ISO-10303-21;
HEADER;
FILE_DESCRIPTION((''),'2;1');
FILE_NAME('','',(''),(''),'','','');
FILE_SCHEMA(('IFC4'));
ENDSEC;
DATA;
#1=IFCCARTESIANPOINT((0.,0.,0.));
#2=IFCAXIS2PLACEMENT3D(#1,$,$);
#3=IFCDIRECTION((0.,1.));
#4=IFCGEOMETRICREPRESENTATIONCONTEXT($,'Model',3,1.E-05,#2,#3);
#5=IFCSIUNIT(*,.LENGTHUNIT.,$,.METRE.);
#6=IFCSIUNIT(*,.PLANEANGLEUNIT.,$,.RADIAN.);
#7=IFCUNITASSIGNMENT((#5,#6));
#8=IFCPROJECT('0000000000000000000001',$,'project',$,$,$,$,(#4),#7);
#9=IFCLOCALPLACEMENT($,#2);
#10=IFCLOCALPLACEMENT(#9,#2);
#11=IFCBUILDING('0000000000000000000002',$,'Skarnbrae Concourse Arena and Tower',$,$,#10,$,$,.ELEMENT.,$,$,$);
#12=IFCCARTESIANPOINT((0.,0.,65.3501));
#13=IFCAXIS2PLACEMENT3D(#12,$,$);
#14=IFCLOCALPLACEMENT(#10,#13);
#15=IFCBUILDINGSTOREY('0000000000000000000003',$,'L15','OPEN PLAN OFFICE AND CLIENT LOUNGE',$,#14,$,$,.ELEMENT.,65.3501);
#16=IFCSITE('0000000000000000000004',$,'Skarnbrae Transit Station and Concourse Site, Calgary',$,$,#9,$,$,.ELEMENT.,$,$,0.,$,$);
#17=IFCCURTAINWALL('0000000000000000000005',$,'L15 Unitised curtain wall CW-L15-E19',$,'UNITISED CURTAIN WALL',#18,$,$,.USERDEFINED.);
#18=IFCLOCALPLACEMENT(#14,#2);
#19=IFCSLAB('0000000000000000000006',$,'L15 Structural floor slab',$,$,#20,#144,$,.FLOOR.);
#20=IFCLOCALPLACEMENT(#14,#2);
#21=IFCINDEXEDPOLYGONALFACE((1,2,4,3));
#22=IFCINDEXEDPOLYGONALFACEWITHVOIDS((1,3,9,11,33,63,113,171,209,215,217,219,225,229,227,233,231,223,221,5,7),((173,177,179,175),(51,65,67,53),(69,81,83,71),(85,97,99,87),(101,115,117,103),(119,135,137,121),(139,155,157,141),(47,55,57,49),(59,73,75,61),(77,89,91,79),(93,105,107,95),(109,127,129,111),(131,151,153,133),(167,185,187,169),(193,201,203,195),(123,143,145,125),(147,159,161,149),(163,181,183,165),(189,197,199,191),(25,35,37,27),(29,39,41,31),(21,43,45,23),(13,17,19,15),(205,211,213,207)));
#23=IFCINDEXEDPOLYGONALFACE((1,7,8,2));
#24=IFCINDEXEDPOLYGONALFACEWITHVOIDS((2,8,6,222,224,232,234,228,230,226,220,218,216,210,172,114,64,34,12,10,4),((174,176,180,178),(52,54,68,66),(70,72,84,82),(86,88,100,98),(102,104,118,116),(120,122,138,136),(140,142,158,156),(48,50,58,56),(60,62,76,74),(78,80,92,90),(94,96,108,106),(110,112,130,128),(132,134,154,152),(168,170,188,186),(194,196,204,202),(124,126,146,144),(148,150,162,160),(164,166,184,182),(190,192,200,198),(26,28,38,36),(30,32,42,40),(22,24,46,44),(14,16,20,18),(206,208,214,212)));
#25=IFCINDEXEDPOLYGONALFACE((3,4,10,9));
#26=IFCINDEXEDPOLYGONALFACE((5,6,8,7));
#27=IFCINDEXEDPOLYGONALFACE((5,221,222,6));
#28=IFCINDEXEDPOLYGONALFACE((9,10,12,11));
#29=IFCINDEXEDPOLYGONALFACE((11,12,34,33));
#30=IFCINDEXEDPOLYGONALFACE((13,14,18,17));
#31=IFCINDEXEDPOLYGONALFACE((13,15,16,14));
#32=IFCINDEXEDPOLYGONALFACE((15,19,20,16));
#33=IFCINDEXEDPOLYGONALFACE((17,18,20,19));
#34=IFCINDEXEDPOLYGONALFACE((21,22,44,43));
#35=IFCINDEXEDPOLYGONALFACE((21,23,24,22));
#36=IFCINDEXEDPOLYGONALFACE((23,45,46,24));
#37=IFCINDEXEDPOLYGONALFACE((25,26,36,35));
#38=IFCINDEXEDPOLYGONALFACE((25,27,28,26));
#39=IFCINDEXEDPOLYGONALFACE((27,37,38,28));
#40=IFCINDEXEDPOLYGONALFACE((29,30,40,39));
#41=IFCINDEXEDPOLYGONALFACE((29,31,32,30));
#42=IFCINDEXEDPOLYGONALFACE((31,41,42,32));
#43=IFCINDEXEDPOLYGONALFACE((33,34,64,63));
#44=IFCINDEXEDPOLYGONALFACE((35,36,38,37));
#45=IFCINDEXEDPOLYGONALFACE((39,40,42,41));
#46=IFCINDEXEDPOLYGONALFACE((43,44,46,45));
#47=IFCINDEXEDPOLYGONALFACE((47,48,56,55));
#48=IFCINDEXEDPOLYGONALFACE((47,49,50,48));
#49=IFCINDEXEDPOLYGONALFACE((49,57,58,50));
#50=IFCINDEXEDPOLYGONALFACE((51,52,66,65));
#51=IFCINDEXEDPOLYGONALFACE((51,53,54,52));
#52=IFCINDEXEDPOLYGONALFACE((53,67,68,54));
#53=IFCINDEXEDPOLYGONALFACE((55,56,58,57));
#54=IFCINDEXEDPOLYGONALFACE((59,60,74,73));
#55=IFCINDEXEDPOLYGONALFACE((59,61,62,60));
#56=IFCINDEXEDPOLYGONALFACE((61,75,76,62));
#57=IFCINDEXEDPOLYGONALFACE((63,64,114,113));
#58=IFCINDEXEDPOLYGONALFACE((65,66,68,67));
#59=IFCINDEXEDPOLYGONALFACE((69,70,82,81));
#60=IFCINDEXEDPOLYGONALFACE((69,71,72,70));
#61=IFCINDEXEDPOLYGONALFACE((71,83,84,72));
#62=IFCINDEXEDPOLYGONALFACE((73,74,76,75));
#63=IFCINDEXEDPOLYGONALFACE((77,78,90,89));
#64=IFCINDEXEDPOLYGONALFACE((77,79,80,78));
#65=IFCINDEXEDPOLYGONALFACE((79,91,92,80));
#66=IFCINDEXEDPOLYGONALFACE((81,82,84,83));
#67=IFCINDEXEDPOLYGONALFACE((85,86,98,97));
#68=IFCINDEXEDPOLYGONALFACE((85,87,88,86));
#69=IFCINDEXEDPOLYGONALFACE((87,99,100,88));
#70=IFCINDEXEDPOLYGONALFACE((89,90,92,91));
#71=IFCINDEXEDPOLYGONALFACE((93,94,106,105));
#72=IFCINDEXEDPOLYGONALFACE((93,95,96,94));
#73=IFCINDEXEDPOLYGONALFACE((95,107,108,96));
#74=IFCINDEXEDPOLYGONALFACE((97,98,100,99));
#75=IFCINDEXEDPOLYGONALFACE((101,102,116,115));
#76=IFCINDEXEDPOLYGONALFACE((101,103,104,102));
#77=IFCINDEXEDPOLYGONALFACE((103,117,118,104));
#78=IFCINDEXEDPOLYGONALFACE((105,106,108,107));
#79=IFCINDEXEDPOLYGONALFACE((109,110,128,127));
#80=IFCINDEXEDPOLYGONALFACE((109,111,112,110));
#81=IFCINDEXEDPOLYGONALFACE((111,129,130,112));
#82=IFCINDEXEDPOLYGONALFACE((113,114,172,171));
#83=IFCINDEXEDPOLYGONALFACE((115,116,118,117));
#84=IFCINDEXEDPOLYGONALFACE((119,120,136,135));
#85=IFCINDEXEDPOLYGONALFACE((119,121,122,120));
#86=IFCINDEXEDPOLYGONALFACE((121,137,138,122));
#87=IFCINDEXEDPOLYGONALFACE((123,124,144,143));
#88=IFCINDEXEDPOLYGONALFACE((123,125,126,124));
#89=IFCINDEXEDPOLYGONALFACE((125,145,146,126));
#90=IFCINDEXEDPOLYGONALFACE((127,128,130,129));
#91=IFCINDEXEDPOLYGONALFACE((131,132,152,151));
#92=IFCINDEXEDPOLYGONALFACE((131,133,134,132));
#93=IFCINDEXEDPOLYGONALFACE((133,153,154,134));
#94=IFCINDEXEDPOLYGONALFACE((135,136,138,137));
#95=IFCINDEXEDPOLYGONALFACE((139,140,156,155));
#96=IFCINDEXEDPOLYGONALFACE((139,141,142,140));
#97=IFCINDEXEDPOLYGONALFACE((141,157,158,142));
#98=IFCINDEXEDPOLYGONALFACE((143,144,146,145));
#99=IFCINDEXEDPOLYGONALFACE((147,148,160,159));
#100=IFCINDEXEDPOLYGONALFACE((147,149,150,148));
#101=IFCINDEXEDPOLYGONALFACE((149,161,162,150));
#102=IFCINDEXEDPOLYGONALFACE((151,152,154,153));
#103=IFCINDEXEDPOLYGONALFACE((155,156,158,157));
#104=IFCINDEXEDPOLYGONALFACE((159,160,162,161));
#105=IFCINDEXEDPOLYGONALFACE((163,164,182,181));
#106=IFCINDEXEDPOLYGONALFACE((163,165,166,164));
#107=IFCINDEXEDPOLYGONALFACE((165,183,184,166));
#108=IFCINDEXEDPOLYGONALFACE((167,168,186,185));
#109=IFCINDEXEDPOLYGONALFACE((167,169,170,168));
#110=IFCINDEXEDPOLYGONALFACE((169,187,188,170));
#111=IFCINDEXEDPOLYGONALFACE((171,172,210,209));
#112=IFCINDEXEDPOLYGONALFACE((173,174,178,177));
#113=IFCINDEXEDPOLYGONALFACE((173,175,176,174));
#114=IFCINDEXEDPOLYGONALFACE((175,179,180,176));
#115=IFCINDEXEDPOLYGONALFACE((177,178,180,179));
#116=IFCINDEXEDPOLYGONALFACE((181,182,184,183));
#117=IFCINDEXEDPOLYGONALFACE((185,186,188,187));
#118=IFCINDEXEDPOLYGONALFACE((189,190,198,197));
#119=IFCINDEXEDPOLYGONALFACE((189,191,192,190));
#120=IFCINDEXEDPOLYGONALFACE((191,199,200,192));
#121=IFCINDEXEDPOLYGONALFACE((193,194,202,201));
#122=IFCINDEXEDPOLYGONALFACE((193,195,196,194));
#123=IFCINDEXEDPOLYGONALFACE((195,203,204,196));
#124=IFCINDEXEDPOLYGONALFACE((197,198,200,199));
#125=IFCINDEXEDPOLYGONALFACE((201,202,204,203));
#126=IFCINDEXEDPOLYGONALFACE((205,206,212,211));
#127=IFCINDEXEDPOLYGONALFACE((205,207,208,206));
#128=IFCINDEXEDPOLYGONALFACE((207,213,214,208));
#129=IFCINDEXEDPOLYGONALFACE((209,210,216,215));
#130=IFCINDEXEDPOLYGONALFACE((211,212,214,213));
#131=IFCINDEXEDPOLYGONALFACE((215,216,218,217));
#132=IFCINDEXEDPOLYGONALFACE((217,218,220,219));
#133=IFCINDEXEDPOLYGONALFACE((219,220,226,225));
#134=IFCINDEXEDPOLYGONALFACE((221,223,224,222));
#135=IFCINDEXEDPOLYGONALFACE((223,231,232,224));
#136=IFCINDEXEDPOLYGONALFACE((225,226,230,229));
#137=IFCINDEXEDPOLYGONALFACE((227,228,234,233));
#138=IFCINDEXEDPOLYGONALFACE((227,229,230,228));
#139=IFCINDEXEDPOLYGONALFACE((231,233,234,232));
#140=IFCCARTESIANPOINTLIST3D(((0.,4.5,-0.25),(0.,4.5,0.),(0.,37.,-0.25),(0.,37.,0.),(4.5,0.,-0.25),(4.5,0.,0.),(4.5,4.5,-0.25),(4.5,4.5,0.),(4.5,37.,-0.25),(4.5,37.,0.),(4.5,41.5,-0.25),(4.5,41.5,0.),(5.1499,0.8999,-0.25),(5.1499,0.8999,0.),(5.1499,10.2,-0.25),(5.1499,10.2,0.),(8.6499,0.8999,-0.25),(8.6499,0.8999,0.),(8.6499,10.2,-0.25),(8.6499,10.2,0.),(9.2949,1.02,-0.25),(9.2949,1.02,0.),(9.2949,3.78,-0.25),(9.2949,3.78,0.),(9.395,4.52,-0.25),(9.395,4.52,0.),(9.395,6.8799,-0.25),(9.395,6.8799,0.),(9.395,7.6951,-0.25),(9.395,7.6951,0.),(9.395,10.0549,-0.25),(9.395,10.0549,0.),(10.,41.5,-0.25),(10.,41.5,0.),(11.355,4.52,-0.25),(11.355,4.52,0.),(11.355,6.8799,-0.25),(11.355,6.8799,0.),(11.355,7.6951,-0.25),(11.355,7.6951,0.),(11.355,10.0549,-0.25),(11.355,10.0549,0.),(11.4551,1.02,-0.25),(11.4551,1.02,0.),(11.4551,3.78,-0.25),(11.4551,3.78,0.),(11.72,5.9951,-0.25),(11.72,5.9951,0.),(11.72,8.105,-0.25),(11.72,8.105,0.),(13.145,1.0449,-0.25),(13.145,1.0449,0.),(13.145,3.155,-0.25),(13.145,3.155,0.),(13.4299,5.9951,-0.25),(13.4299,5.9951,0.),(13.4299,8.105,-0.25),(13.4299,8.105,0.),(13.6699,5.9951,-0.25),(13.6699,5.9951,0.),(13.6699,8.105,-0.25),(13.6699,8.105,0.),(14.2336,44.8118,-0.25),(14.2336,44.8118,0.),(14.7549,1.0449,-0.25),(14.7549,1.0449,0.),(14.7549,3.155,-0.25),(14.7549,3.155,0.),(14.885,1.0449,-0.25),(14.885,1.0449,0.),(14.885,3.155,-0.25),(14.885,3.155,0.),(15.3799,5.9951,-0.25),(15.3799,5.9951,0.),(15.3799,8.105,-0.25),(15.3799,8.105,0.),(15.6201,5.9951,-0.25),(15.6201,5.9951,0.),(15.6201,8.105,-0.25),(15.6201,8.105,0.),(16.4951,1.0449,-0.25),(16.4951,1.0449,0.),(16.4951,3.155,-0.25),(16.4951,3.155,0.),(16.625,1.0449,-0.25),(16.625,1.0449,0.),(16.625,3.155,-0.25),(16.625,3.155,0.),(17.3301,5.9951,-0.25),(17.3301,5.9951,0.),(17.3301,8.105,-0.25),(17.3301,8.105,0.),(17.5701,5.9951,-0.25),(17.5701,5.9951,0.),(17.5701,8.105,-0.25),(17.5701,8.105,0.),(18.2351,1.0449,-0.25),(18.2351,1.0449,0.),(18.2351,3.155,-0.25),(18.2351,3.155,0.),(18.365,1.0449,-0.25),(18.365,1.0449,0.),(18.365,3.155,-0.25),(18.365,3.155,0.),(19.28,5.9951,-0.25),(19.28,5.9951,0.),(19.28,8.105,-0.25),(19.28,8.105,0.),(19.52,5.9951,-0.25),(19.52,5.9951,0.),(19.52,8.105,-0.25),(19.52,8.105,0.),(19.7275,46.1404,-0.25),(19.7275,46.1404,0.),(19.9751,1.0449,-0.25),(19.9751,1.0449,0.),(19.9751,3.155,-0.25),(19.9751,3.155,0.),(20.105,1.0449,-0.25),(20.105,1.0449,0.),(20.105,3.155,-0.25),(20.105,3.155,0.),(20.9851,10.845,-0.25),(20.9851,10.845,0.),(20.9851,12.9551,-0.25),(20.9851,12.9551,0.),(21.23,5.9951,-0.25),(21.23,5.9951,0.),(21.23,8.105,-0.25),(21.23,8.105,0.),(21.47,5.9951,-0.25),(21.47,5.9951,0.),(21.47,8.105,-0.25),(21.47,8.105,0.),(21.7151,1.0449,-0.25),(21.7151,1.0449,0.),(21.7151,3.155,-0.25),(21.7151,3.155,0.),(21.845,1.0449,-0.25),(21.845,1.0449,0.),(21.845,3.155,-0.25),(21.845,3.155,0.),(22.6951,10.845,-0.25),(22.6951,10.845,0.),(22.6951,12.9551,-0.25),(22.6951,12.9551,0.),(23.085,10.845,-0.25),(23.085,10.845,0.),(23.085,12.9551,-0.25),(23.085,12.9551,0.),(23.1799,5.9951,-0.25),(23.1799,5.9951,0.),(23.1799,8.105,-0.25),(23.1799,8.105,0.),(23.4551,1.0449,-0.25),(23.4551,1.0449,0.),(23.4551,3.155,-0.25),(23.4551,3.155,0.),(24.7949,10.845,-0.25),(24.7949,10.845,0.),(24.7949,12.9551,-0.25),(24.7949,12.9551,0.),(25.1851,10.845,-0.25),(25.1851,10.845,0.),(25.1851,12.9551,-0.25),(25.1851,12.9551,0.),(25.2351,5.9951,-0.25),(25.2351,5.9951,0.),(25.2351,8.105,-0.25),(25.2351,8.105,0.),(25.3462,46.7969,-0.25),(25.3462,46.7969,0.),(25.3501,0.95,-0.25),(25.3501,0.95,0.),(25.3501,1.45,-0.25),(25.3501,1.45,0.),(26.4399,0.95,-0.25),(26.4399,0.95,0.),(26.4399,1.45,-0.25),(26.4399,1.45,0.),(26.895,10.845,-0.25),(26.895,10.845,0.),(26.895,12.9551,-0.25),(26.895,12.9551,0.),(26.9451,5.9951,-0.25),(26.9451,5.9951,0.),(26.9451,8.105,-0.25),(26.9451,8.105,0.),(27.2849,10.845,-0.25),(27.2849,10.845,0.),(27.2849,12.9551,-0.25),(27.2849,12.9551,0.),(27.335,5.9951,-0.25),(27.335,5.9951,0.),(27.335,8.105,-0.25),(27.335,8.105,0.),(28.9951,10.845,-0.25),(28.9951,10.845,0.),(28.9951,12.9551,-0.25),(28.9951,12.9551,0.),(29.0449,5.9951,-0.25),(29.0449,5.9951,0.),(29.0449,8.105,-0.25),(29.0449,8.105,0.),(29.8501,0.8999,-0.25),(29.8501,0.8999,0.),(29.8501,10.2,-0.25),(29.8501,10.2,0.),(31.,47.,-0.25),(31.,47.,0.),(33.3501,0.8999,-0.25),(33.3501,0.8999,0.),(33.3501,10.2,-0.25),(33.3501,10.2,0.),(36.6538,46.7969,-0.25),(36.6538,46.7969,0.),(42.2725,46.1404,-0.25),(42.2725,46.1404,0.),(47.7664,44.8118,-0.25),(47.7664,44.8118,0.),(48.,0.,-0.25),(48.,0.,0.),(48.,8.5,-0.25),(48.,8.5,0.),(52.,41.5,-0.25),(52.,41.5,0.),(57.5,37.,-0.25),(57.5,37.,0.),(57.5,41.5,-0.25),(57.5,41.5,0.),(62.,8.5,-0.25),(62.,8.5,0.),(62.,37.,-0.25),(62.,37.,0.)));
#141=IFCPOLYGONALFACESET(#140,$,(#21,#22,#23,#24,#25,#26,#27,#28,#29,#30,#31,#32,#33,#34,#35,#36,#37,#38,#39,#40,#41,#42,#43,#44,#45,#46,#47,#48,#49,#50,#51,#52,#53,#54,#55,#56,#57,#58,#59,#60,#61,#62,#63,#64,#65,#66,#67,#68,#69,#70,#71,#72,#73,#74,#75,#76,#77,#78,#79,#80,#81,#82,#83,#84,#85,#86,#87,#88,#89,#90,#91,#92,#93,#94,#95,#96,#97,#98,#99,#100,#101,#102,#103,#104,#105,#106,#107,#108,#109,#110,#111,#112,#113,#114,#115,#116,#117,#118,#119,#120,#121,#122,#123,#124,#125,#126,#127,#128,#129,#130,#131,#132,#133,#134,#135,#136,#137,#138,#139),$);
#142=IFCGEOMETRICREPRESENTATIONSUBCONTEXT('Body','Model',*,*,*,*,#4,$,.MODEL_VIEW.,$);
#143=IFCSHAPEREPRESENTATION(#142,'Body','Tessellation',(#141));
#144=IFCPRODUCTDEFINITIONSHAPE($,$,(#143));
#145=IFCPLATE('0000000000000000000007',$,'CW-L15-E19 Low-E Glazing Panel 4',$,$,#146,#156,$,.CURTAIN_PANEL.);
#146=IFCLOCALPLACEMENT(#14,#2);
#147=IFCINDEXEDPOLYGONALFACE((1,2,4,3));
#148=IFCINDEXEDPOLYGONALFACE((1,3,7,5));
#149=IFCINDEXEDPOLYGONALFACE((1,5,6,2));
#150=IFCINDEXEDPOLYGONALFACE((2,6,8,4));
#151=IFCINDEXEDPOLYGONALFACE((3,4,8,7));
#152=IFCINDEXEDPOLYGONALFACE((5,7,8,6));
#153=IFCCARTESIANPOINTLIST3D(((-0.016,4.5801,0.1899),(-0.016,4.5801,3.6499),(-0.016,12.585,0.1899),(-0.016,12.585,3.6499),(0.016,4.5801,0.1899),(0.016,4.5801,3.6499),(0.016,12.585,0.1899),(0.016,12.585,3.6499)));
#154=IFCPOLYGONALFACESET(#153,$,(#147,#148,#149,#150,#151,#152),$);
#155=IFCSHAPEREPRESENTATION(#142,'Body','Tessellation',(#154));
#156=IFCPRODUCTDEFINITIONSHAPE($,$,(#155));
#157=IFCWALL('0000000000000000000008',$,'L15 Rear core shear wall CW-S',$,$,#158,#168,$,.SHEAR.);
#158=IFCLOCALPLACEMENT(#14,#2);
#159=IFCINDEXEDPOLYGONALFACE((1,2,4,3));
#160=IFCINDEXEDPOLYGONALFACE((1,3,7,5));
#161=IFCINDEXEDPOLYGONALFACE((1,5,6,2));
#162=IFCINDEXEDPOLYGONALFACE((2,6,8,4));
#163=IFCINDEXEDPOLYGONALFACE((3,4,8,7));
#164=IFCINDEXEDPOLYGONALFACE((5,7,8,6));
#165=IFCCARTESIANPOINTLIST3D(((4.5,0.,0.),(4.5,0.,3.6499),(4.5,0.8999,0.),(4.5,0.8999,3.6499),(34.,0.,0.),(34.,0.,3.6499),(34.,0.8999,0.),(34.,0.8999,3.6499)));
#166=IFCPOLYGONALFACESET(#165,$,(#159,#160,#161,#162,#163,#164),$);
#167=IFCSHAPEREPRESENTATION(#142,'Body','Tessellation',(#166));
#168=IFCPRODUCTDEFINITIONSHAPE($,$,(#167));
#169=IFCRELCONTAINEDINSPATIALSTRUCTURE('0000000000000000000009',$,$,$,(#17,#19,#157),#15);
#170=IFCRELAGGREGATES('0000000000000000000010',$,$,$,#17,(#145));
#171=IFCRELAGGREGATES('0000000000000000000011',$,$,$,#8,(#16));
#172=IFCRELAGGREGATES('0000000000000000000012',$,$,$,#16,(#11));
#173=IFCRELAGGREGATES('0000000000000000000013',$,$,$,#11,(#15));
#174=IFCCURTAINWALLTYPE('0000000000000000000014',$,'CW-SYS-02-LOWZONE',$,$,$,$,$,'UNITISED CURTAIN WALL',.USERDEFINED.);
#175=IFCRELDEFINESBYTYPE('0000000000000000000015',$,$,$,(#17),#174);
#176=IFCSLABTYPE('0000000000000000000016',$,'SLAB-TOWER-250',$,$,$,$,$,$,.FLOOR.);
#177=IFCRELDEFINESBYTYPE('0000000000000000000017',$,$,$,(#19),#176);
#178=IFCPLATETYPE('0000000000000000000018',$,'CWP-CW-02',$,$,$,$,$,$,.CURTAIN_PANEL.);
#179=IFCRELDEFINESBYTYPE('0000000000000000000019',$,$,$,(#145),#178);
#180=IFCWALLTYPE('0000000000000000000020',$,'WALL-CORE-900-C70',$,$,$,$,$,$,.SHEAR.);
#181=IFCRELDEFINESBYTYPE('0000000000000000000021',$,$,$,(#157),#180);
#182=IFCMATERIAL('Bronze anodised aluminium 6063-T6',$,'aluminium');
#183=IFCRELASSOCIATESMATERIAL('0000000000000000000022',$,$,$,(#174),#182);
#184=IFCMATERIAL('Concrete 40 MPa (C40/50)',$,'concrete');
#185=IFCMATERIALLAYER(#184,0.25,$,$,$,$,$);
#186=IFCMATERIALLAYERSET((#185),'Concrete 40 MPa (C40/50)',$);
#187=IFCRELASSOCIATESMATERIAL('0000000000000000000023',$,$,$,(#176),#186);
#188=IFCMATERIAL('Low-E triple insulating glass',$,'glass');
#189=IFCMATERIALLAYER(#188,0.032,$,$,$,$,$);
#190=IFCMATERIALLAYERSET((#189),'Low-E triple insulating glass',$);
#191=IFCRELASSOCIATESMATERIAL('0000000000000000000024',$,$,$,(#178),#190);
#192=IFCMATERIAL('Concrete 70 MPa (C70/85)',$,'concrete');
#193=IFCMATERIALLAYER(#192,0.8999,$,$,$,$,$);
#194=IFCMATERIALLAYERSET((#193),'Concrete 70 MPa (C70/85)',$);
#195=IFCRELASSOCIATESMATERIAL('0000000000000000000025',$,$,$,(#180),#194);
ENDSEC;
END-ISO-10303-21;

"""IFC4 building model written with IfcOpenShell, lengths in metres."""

from ifc_helpers import new_model, si_unit, direction, frame, frame_2d, origin, origin_2d, place, context, subcontext, project, spatial, polyline, rectangle, outline, extrude, source, transform, mapped, material, layer, layer_set, type_object, element, aggregate, save


model = new_model("IFC4")

# Units and contexts
model_context = context("Model", 3, precision=1e-05, world=origin(), true_north=direction((0.0, 1.0)))
body_context = subcontext(model_context, "Body", "Model", "MODEL_VIEW")
ifc_project = project(units=[si_unit("LENGTHUNIT", "METRE"), si_unit("PLANEANGLEUNIT", "RADIAN")], contexts=[model_context])

# Site, building, storey
site_placement = place(None, origin())
site = spatial("IfcSite", under=ifc_project, at=site_placement, Name="Skarnbrae Transit Station and Concourse Site, Calgary", CompositionType="ELEMENT", RefElevation=0.0)
building_placement = place(site_placement, origin())
building = spatial("IfcBuilding", under=site, at=building_placement, Name="Skarnbrae Concourse Arena and Tower", CompositionType="ELEMENT")
storey_placement = place(building_placement, frame((0.0, 0.0, 65.3501)))
storey = spatial("IfcBuildingStorey", under=building, at=storey_placement, Name="L15", Description="OPEN PLAN OFFICE AND CLIENT LOUNGE", CompositionType="ELEMENT", Elevation=65.3501)

# Curtain wall
ifc_material_1 = material(Name="Bronze anodised aluminium 6063-T6", Category="aluminium")
curtain_wall_type = type_object("IfcCurtainWallType", Name="CW-SYS-02-LOWZONE", ElementType="UNITISED CURTAIN WALL", PredefinedType="USERDEFINED", material=ifc_material_1)
curtain_wall_placement = place(storey_placement, origin())
curtain_wall = element("IfcCurtainWall", 1, at=curtain_wall_placement, inside=storey, type_object=curtain_wall_type, Name="L15 Unitised curtain wall CW-L15-E19", ObjectType="UNITISED CURTAIN WALL", PredefinedType="USERDEFINED")

# Shared definitions
ifc_material_2 = material(Name="Concrete 40 MPa (C40/50)", Category="concrete")

# Slab
ifc_layer_1 = layer(ifc_material_2, 0.25)
ifc_layer_set_1 = layer_set([ifc_layer_1], Name="Concrete 40 MPa (C40/50)")
slab_type_1 = type_object("IfcSlabType", Name="SLAB-TOWER-250", PredefinedType="FLOOR", material=ifc_layer_set_1)
slab_1_placement = place(storey_placement, frame((0.0, 0.0, -0.25)))
element("IfcSlab", 2, at=slab_1_placement, inside=storey, type_object=slab_type_1, Name="L15 Structural floor slab", PredefinedType="FLOOR", context=body_context, shape_type="SweptSolid", body=[
    extrude(outline(polyline([(4.5, 0.0), (48.0, 0.0), (48.0, 8.5), (62.0, 8.5), (62.0, 37.0), (57.5, 37.0), (57.5, 41.5), (52.0, 41.5), (47.7664, 44.8118), (42.2725, 46.1404), (36.6538, 46.7969), (31.0, 47.0), (25.3462, 46.7969), (19.7275, 46.1404), (14.2336, 44.8118), (10.0, 41.5), (4.5, 41.5), (4.5, 37.0), (0.0, 37.0), (0.0, 4.5), (4.5, 4.5), (4.5, 0.0)]), holes=[polyline([(13.145, 3.155), (14.7549, 3.155), (14.7549, 1.0449), (13.145, 1.0449), (13.145, 3.155)]), polyline([(16.4951, 3.155), (16.4951, 1.0449), (14.885, 1.0449), (14.885, 3.155), (16.4951, 3.155)]), polyline([(18.2351, 3.155), (18.2351, 1.0449), (16.625, 1.0449), (16.625, 3.155), (18.2351, 3.155)]), polyline([(18.365, 3.155), (19.9751, 3.155), (19.9751, 1.0449), (18.365, 1.0449), (18.365, 3.155)]), polyline([(11.4551, 3.78), (11.4551, 1.02), (9.2949, 1.02), (9.2949, 3.78), (11.4551, 3.78)]), polyline([(8.6499, 0.8999), (5.1499, 0.8999), (5.1499, 10.2), (8.6499, 10.2), (8.6499, 0.8999)]), polyline([(9.395, 6.8799), (11.355, 6.8799), (11.355, 4.52), (9.395, 4.52), (9.395, 6.8799)]), polyline([(13.4299, 8.105), (13.4299, 5.9951), (11.72, 5.9951), (11.72, 8.105), (13.4299, 8.105)]), polyline([(15.3799, 8.105), (15.3799, 5.9951), (13.6699, 5.9951), (13.6699, 8.105), (15.3799, 8.105)]), polyline([(15.6201, 8.105), (17.3301, 8.105), (17.3301, 5.9951), (15.6201, 5.9951), (15.6201, 8.105)]), polyline([(19.28, 8.105), (19.28, 5.9951), (17.5701, 5.9951), (17.5701, 8.105), (19.28, 8.105)]), polyline([(11.355, 10.0549), (11.355, 7.6951), (9.395, 7.6951), (9.395, 10.0549), (11.355, 10.0549)]), polyline([(25.3501, 1.45), (26.4399, 1.45), (26.4399, 0.95), (25.3501, 0.95), (25.3501, 1.45)]), polyline([(21.7151, 3.155), (21.7151, 1.0449), (20.105, 1.0449), (20.105, 3.155), (21.7151, 3.155)]), polyline([(23.4551, 3.155), (23.4551, 1.0449), (21.845, 1.0449), (21.845, 3.155), (23.4551, 3.155)]), polyline([(33.3501, 10.2), (33.3501, 0.8999), (29.8501, 0.8999), (29.8501, 10.2), (33.3501, 10.2)]), polyline([(21.23, 8.105), (21.23, 5.9951), (19.52, 5.9951), (19.52, 8.105), (21.23, 8.105)]), polyline([(23.1799, 8.105), (23.1799, 5.9951), (21.47, 5.9951), (21.47, 8.105), (23.1799, 8.105)]), polyline([(25.2351, 8.105), (26.9451, 8.105), (26.9451, 5.9951), (25.2351, 5.9951), (25.2351, 8.105)]), polyline([(29.0449, 8.105), (29.0449, 5.9951), (27.335, 5.9951), (27.335, 8.105), (29.0449, 8.105)]), polyline([(22.6951, 12.9551), (22.6951, 10.845), (20.9851, 10.845), (20.9851, 12.9551), (22.6951, 12.9551)]), polyline([(23.085, 12.9551), (24.7949, 12.9551), (24.7949, 10.845), (23.085, 10.845), (23.085, 12.9551)]), polyline([(26.895, 12.9551), (26.895, 10.845), (25.1851, 10.845), (25.1851, 12.9551), (26.895, 12.9551)]), polyline([(28.9951, 12.9551), (28.9951, 10.845), (27.2849, 10.845), (27.2849, 12.9551), (28.9951, 12.9551)])]), origin(), (0.0, 0.0, 1.0), 0.25),
])

# Plate
ifc_material_3 = material(Name="Low-E triple insulating glass", Category="glass")
ifc_layer_2 = layer(ifc_material_3, 0.032)
ifc_layer_set_2 = layer_set([ifc_layer_2], Name="Low-E triple insulating glass")
plate_type = type_object("IfcPlateType", Name="CWP-CW-02", PredefinedType="CURTAIN_PANEL", material=ifc_layer_set_2)
shared_shape_1 = source(origin(), body_context, "Body", "SweptSolid", [
    extrude(rectangle(XDim=8.0049, YDim=0.032, at=origin_2d()), origin(), (0.0, 0.0, 1.0), 3.46),
])
plate_placement = place(storey_placement, frame((0.0, 8.5825, 0.1899), z_axis=(0.0, 0.0, 1.0), x_axis=(0.0, -1.0, 0.0)))
plate = element("IfcPlate", 3, at=plate_placement, type_object=plate_type, Name="CW-L15-E19 Low-E Glazing Panel 4", PredefinedType="CURTAIN_PANEL", context=body_context, shape_type="MappedRepresentation", body=[
    mapped(shared_shape_1, transform((0.0, 0.0, 0.0))),
])
aggregate(curtain_wall, [plate])

# Wall
ifc_material_4 = material(Name="Concrete 70 MPa (C70/85)", Category="concrete")
ifc_layer_3 = layer(ifc_material_4, 0.8999)
ifc_layer_set_3 = layer_set([ifc_layer_3], Name="Concrete 70 MPa (C70/85)")
wall_type_1 = type_object("IfcWallType", Name="WALL-CORE-900-C70", PredefinedType="SHEAR", material=ifc_layer_set_3)
shared_shape_2 = source(origin(), body_context, "Body", "SweptSolid", [
    extrude(rectangle(XDim=29.5, YDim=0.8999, at=frame_2d((14.75, 0.0))), origin(), (0.0, 0.0, 1.0), 3.6499),
])
wall_1_placement = place(storey_placement, frame((4.5, 0.45, 0.0), z_axis=(0.0, 0.0, 1.0), x_axis=(1.0, 0.0, 0.0)))
element("IfcWall", 4, at=wall_1_placement, inside=storey, type_object=wall_type_1, Name="L15 Rear core shear wall CW-S", PredefinedType="SHEAR", context=body_context, shape_type="MappedRepresentation", body=[
    mapped(shared_shape_2, transform((0.0, 0.0, 0.0))),
])

save(model, "model.ifc")
